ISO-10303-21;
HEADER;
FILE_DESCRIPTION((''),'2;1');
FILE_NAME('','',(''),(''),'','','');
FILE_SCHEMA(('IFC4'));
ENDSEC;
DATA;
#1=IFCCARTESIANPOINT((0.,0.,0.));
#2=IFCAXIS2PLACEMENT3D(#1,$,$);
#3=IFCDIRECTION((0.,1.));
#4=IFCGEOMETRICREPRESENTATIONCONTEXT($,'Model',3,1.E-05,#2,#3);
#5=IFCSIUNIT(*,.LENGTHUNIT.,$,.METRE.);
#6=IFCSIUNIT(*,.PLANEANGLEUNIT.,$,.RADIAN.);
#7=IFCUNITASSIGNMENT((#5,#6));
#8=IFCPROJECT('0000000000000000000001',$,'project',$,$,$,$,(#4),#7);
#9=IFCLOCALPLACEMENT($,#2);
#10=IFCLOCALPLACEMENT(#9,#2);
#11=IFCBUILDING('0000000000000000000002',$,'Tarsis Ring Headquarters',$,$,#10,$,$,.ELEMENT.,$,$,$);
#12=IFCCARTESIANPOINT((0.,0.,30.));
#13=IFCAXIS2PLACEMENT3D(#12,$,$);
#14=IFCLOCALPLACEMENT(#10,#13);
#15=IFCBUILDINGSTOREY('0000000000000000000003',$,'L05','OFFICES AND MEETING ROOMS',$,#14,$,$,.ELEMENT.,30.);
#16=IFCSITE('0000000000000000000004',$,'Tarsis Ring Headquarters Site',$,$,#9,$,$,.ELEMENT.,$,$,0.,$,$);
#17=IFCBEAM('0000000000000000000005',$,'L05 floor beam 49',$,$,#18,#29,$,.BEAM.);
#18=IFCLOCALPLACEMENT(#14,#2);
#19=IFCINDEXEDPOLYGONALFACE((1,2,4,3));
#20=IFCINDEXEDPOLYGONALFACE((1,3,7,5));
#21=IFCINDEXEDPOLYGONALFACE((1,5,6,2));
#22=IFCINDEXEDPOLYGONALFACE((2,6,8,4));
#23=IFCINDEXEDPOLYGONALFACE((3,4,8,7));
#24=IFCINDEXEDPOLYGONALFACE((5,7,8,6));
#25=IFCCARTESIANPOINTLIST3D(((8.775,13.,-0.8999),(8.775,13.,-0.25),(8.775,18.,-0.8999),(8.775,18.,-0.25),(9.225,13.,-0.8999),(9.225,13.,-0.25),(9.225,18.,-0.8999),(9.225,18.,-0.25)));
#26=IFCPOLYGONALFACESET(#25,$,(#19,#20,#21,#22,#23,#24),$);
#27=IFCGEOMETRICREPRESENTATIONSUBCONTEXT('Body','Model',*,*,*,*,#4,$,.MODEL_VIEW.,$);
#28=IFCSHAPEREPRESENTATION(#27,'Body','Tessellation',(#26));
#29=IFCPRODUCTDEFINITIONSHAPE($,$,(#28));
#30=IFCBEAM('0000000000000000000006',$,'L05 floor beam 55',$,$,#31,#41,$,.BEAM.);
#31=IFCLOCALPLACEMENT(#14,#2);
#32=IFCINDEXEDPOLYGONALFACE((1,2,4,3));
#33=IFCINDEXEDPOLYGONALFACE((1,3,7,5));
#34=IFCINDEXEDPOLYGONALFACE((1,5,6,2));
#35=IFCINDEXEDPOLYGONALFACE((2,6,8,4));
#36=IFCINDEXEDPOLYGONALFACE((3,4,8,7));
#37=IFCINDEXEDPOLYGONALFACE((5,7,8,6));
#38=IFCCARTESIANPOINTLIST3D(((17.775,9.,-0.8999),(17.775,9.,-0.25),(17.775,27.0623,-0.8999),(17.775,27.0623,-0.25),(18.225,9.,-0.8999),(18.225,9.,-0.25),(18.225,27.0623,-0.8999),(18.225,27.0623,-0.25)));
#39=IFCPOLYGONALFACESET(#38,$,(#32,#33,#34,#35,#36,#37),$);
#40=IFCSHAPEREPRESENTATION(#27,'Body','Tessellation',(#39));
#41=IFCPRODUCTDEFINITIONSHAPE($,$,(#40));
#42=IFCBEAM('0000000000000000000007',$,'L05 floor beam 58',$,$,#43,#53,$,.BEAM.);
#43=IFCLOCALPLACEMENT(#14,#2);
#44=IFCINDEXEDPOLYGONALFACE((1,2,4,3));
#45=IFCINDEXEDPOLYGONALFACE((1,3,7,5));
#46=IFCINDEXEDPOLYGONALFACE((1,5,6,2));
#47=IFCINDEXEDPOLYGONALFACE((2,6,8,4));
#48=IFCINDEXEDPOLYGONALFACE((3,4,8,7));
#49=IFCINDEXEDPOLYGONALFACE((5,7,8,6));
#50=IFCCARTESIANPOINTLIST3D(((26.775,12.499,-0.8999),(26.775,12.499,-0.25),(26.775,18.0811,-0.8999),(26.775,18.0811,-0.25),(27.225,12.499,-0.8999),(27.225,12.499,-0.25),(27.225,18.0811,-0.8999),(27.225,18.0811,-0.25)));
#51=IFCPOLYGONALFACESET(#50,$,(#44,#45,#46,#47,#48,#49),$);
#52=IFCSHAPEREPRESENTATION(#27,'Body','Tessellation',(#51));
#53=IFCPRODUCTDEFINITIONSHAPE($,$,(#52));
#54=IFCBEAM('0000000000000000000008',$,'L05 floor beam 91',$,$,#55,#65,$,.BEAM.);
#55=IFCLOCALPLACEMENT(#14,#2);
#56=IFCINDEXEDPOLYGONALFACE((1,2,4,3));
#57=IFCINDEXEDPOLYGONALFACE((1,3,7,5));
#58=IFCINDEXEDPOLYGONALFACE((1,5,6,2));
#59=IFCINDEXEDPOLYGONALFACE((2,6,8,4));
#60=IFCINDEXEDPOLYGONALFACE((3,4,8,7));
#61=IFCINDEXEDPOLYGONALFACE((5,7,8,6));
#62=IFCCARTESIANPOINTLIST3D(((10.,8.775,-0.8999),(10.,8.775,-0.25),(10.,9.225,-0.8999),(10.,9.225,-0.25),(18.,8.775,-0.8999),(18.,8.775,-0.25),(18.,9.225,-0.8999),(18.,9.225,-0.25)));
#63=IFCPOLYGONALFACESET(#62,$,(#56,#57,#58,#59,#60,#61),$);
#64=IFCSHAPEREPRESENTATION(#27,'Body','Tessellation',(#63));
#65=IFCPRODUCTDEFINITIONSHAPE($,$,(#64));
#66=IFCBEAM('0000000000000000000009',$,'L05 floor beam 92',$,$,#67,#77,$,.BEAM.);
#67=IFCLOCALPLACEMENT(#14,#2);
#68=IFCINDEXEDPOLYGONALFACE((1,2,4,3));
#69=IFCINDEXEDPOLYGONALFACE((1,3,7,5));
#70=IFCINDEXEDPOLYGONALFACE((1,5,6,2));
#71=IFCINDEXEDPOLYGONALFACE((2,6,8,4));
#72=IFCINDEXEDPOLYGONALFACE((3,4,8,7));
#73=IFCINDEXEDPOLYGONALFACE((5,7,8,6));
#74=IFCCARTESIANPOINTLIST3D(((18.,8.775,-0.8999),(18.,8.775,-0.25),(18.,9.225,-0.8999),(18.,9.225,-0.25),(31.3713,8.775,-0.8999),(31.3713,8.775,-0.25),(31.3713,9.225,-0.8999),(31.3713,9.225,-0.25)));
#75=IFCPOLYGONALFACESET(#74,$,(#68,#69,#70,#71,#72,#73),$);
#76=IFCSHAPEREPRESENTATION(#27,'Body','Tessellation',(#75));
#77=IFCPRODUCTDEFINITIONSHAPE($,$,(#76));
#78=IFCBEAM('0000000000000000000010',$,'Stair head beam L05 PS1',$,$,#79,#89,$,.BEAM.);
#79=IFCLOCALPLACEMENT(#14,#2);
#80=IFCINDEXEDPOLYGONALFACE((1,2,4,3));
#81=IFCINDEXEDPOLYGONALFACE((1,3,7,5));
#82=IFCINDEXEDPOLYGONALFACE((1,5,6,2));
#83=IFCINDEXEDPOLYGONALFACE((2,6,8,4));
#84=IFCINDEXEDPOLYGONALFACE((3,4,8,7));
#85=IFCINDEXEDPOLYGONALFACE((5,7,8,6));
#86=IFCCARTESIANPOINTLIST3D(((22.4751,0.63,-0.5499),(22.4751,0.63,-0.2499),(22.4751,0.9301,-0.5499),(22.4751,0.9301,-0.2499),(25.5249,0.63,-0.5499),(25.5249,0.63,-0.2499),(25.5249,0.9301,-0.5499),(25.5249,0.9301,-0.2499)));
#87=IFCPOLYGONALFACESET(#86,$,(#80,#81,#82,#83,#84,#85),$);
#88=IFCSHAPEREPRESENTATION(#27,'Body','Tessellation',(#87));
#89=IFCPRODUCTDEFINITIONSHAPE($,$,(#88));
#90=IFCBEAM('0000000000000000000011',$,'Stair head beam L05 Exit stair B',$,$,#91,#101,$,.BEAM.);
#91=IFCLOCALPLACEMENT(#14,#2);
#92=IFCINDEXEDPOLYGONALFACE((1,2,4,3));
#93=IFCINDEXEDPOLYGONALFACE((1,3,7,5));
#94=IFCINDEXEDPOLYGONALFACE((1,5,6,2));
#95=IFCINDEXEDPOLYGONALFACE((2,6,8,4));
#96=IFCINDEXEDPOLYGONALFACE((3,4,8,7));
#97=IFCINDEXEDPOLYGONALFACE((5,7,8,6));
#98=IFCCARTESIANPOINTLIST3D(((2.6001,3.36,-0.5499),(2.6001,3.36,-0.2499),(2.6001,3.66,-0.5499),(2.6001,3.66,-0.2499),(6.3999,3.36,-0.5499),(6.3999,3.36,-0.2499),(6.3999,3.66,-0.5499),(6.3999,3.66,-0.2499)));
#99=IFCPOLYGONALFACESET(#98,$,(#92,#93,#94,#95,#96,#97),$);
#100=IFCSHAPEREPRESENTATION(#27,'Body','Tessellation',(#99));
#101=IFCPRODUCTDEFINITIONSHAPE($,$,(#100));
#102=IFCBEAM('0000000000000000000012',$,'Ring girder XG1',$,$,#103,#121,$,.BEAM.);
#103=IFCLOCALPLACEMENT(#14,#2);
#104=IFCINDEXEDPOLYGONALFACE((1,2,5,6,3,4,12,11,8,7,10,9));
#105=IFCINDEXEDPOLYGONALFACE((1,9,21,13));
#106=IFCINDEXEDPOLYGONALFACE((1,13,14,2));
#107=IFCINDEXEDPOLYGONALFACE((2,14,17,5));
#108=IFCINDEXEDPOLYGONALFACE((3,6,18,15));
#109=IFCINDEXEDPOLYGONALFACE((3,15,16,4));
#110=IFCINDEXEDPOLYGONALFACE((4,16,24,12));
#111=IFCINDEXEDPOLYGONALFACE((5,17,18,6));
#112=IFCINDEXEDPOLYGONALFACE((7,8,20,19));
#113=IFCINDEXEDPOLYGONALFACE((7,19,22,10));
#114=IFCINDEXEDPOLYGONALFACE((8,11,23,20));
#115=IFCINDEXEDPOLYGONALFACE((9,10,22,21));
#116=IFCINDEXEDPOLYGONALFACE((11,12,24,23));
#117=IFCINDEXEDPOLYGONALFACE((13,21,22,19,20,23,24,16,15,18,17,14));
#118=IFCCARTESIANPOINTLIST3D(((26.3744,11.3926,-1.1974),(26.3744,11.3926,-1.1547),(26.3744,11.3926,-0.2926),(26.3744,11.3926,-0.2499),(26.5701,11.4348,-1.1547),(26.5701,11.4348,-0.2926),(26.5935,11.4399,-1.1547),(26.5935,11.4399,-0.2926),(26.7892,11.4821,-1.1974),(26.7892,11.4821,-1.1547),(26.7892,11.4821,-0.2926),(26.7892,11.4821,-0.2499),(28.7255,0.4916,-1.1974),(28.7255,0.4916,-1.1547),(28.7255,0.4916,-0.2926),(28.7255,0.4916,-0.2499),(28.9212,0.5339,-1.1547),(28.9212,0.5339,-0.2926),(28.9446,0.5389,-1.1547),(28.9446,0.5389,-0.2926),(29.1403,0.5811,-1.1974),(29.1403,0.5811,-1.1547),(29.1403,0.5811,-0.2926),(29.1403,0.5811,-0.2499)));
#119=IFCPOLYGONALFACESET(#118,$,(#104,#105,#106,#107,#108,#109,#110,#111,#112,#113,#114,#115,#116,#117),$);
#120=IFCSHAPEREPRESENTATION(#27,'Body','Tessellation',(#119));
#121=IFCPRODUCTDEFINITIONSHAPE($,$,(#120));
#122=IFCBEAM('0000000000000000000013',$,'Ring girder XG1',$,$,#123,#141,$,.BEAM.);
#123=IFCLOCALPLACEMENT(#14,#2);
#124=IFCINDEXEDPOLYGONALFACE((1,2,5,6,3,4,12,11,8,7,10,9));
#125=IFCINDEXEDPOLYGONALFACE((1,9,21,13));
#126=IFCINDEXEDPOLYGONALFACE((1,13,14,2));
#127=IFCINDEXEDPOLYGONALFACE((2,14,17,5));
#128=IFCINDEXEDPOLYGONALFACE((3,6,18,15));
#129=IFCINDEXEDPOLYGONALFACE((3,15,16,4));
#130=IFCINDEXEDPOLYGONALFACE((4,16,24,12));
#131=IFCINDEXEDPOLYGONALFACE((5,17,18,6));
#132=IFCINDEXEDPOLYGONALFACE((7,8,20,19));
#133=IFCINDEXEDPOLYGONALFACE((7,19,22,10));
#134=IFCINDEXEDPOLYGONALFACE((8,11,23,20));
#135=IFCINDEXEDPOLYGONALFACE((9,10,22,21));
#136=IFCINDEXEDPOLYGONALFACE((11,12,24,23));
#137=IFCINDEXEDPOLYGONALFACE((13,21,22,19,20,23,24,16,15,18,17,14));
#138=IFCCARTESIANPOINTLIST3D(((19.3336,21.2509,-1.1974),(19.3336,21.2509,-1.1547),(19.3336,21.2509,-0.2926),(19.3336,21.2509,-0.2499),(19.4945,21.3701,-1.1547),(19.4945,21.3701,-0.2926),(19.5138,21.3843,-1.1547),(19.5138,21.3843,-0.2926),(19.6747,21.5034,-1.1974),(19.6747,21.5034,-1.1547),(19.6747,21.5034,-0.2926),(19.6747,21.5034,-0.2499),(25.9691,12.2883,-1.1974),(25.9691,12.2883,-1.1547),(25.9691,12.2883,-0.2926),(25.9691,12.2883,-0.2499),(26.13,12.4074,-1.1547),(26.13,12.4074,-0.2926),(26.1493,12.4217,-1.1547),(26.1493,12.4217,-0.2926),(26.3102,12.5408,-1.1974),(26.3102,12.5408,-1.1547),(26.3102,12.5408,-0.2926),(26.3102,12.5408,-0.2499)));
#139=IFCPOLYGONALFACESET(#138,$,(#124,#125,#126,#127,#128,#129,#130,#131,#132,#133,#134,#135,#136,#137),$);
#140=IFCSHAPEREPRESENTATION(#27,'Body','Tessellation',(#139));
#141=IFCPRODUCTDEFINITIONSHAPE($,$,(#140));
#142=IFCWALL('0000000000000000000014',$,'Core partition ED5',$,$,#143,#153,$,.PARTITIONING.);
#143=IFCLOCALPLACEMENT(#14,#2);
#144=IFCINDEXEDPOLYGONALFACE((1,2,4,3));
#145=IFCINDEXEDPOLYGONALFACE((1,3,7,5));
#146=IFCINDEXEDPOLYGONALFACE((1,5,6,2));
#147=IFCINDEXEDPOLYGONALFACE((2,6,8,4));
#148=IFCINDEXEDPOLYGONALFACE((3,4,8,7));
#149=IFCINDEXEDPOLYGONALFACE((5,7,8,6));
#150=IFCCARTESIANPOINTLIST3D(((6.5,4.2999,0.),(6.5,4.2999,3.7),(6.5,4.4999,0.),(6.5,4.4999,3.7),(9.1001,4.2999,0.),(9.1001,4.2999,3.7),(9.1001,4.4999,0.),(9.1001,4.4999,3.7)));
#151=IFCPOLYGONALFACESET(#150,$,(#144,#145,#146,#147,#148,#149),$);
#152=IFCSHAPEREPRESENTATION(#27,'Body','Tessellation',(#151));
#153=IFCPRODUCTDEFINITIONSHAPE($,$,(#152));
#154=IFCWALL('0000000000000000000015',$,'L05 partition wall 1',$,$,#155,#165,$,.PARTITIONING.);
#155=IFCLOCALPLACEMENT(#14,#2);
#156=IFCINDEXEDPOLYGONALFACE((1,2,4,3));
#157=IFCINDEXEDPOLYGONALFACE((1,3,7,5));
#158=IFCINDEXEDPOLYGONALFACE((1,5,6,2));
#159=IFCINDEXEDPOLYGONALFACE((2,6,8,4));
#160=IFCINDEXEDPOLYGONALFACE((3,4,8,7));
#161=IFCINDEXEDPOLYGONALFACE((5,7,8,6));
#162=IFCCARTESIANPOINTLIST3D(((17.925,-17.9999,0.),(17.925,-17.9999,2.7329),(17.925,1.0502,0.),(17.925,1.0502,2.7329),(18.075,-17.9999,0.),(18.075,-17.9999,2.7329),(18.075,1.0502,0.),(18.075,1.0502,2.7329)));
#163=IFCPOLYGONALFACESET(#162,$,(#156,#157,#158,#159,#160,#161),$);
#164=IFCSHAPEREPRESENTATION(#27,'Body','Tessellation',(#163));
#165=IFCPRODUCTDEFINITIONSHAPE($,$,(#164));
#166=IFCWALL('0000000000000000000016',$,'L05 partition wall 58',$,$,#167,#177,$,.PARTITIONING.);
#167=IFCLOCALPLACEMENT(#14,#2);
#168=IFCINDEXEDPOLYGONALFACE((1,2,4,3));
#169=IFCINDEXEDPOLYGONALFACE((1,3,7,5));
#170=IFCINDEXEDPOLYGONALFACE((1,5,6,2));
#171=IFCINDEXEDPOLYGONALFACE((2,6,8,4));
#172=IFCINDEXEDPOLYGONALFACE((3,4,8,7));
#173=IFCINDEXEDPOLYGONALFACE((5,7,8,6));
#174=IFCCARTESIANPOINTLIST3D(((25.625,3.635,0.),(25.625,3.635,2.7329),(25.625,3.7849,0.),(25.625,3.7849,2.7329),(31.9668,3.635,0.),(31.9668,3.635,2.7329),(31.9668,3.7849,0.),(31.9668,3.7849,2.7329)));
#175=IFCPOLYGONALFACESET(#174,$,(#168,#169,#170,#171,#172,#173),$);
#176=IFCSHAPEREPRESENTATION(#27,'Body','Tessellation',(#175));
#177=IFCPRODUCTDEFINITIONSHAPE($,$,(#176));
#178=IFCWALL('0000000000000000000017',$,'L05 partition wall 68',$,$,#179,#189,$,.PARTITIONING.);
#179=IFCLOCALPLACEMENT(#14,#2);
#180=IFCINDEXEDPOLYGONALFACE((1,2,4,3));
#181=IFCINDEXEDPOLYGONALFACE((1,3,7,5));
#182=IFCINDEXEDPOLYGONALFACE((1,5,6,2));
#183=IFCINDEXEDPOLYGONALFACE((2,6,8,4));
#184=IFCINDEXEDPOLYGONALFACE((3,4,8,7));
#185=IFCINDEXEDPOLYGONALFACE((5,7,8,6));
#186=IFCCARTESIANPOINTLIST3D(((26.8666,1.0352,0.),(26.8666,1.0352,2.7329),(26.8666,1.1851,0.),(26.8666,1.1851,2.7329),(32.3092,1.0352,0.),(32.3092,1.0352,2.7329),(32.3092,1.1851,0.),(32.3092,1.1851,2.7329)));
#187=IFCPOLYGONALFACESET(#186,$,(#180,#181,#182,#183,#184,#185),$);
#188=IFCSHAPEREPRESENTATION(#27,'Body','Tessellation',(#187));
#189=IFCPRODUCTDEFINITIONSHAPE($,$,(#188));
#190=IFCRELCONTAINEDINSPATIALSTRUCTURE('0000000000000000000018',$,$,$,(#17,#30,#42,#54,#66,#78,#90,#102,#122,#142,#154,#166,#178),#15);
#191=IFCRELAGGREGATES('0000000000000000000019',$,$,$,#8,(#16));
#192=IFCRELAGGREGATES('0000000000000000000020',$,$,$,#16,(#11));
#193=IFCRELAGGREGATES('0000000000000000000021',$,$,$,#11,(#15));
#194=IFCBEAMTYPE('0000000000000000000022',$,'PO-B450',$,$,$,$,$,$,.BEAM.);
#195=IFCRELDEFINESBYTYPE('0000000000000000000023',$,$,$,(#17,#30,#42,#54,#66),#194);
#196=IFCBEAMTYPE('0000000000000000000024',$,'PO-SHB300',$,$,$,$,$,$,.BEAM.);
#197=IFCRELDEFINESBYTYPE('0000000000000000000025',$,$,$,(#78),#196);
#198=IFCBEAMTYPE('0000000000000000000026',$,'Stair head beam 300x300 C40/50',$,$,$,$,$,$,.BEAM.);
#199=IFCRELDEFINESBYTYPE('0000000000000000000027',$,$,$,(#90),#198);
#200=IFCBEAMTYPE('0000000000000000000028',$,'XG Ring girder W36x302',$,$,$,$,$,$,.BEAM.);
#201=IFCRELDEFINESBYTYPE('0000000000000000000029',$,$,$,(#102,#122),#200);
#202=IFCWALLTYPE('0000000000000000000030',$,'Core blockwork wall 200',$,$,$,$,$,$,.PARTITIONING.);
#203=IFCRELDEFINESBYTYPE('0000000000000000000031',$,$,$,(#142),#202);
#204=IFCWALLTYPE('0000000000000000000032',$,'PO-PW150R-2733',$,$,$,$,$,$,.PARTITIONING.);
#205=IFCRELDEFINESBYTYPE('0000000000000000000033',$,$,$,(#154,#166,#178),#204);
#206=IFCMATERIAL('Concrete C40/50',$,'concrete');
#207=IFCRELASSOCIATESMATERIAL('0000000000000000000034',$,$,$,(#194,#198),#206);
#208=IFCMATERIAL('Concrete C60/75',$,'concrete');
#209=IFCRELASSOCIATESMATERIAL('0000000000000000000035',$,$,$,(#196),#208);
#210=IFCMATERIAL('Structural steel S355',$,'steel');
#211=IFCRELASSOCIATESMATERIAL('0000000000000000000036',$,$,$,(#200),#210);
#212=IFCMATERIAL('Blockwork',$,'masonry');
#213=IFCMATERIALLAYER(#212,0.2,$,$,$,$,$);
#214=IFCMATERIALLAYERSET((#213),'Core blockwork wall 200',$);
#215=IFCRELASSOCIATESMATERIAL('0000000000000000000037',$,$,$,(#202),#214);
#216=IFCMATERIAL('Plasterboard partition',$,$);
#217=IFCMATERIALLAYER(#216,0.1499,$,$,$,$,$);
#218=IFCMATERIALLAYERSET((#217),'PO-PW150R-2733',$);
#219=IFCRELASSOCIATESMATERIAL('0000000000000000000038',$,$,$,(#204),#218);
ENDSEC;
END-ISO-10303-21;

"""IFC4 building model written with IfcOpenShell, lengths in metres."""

from ifc_helpers import new_model, si_unit, direction, frame, frame_2d, origin, origin_2d, place, context, subcontext, project, spatial, rectangle, i_section, extrude, material, layer, layer_set, material_profile, profile_set, type_object, element, save


model = new_model("IFC4")

# Units and contexts
model_context = context("Model", 3, precision=1e-05, world=origin(), true_north=direction((0.0, 1.0)))
body_context = subcontext(model_context, "Body", "Model", "MODEL_VIEW")
ifc_project = project(units=[si_unit("LENGTHUNIT", "METRE"), si_unit("PLANEANGLEUNIT", "RADIAN")], contexts=[model_context])

# Site, building, storey
site_placement = place(None, origin())
site = spatial("IfcSite", under=ifc_project, at=site_placement, Name="Tarsis Ring Headquarters Site", CompositionType="ELEMENT", RefElevation=0.0)
building_placement = place(site_placement, origin())
building = spatial("IfcBuilding", under=site, at=building_placement, Name="Tarsis Ring Headquarters", CompositionType="ELEMENT")
storey_placement = place(building_placement, frame((0.0, 0.0, 30.0)))
storey = spatial("IfcBuildingStorey", under=building, at=storey_placement, Name="L05", Description="OFFICES AND MEETING ROOMS", CompositionType="ELEMENT", Elevation=30.0)

# Shared definitions
ifc_material_1 = material(Name="Concrete C40/50", Category="concrete")

# Beams
ifc_material_profile_1 = material_profile(ifc_material_1, rectangle(XDim=0.45, YDim=0.6499, at=origin_2d()), Name="PO-B450")
ifc_profile_set_1 = profile_set([ifc_material_profile_1], Name="Concrete C40/50")
beam_type_1 = type_object("IfcBeamType", Name="PO-B450", PredefinedType="BEAM", material=ifc_profile_set_1)
beam_1_placement = place(storey_placement, frame((9.0, 13.0, -0.575), z_axis=(0.0, 1.0, 0.0), x_axis=(-1.0, 0.0, 0.0)))
element("IfcBeam", 1, at=beam_1_placement, inside=storey, type_object=beam_type_1, Name="L05 floor beam 49", PredefinedType="BEAM", context=body_context, shape_type="SweptSolid", body=[
    extrude(rectangle(XDim=0.45, YDim=0.6499, at=origin_2d()), origin(), (0.0, 0.0, 1.0), 5.0),
])
beam_2_placement = place(storey_placement, frame((18.0, 9.0, -0.575), z_axis=(0.0, 1.0, 0.0), x_axis=(-1.0, 0.0, 0.0)))
element("IfcBeam", 2, at=beam_2_placement, inside=storey, type_object=beam_type_1, Name="L05 floor beam 55", PredefinedType="BEAM", context=body_context, shape_type="SweptSolid", body=[
    extrude(rectangle(XDim=0.45, YDim=0.6499, at=origin_2d()), origin(), (0.0, 0.0, 1.0), 18.0623),
])
beam_3_placement = place(storey_placement, frame((27.0, 12.499, -0.575), z_axis=(0.0, 1.0, 0.0), x_axis=(-1.0, 0.0, 0.0)))
element("IfcBeam", 3, at=beam_3_placement, inside=storey, type_object=beam_type_1, Name="L05 floor beam 58", PredefinedType="BEAM", context=body_context, shape_type="SweptSolid", body=[
    extrude(rectangle(XDim=0.45, YDim=0.6499, at=origin_2d()), origin(), (0.0, 0.0, 1.0), 5.582),
])
beam_4_placement = place(storey_placement, frame((10.0, 9.0, -0.575), z_axis=(1.0, 0.0, 0.0), x_axis=(0.0, 1.0, 0.0)))
element("IfcBeam", 4, at=beam_4_placement, inside=storey, type_object=beam_type_1, Name="L05 floor beam 91", PredefinedType="BEAM", context=body_context, shape_type="SweptSolid", body=[
    extrude(rectangle(XDim=0.45, YDim=0.6499, at=origin_2d()), origin(), (0.0, 0.0, 1.0), 8.0),
])
beam_5_placement = place(storey_placement, frame((18.0, 9.0, -0.575), z_axis=(1.0, 0.0, 0.0), x_axis=(0.0, 1.0, 0.0)))
element("IfcBeam", 5, at=beam_5_placement, inside=storey, type_object=beam_type_1, Name="L05 floor beam 92", PredefinedType="BEAM", context=body_context, shape_type="SweptSolid", body=[
    extrude(rectangle(XDim=0.45, YDim=0.6499, at=origin_2d()), origin(), (0.0, 0.0, 1.0), 13.3713),
])
ifc_material_2 = material(Name="Concrete C60/75", Category="concrete")
ifc_material_profile_2 = material_profile(ifc_material_2, rectangle(XDim=0.3, YDim=0.3, at=origin_2d()), Name="PO-SHB300")
ifc_profile_set_2 = profile_set([ifc_material_profile_2], Name="Concrete C60/75")
beam_type_2 = type_object("IfcBeamType", Name="PO-SHB300", PredefinedType="BEAM", material=ifc_profile_set_2)
beam_6_placement = place(storey_placement, frame((25.5249, 0.78, -0.3999), z_axis=(-1.0, 0.0, 0.0), x_axis=(0.0, -1.0, 0.0)))
element("IfcBeam", 6, at=beam_6_placement, inside=storey, type_object=beam_type_2, Name="Stair head beam L05 PS1", PredefinedType="BEAM", context=body_context, shape_type="SweptSolid", body=[
    extrude(rectangle(XDim=0.3, YDim=0.3, at=origin_2d()), origin(), (0.0, 0.0, 1.0), 3.0498),
])
ifc_material_profile_3 = material_profile(ifc_material_1, rectangle(XDim=0.3, YDim=0.3, at=origin_2d()), Name="Stair head beam 300x300 C40/50")
ifc_profile_set_3 = profile_set([ifc_material_profile_3], Name="Concrete C40/50")
beam_type_3 = type_object("IfcBeamType", Name="Stair head beam 300x300 C40/50", PredefinedType="BEAM", material=ifc_profile_set_3)
beam_7_placement = place(storey_placement, frame((2.6001, 3.51, -0.3999), z_axis=(1.0, 0.0, 0.0), x_axis=(0.0, 1.0, 0.0)))
element("IfcBeam", 7, at=beam_7_placement, inside=storey, type_object=beam_type_3, Name="Stair head beam L05 Exit stair B", PredefinedType="BEAM", context=body_context, shape_type="SweptSolid", body=[
    extrude(rectangle(XDim=0.3, YDim=0.3, at=origin_2d()), origin(), (0.0, 0.0, 1.0), 3.7998),
])
ifc_material_3 = material(Name="Structural steel S355", Category="steel")
ifc_material_profile_4 = material_profile(ifc_material_3, i_section(OverallWidth=0.4243, OverallDepth=0.9475, WebThickness=0.0239, FlangeThickness=0.0427, at=origin_2d()), Name="W36x302")
ifc_profile_set_4 = profile_set([ifc_material_profile_4], Name="Structural steel S355")
beam_type_4 = type_object("IfcBeamType", Name="XG Ring girder W36x302", PredefinedType="BEAM", material=ifc_profile_set_4)
for number, where, z_axis, x_axis, name in (
    (8, (28.9329, 0.5364, -0.7236), (-0.21083, 0.977523, 0.0), (-0.977523, -0.21083, 0.0), "Ring girder XG1"),
    (9, (26.1396, 12.4146, -0.7236), (-0.595025, 0.803707, 0.0), (-0.803707, -0.595025, 0.0), "Ring girder XG1"),
):
    element("IfcBeam", number, at=place(storey_placement, frame(where, z_axis=z_axis, x_axis=x_axis)), inside=storey, type_object=beam_type_4, Name=name, PredefinedType="BEAM", context=body_context, shape_type="SweptSolid", body=[
        extrude(i_section(OverallWidth=0.4243, OverallDepth=0.9475, WebThickness=0.0239, FlangeThickness=0.0427, at=origin_2d()), origin(), (0.0, 0.0, 1.0), 11.1516),
    ])

# Walls
ifc_material_4 = material(Name="Blockwork", Category="masonry")
ifc_layer_1 = layer(ifc_material_4, 0.2)
ifc_layer_set_1 = layer_set([ifc_layer_1], Name="Core blockwork wall 200")
wall_type_1 = type_object("IfcWallType", Name="Core blockwork wall 200", PredefinedType="PARTITIONING", material=ifc_layer_set_1)
wall_1_placement = place(storey_placement, frame((6.5, 4.3999, 0.0), z_axis=(0.0, 0.0, 1.0), x_axis=(1.0, 0.0, 0.0)))
element("IfcWall", 10, at=wall_1_placement, inside=storey, type_object=wall_type_1, Name="Core partition ED5", PredefinedType="PARTITIONING", context=body_context, shape_type="SweptSolid", body=[
    extrude(rectangle(XDim=2.6001, YDim=0.2, at=frame_2d((1.3, 0.0))), origin(), (0.0, 0.0, 1.0), 3.7),
])
ifc_material_5 = material(Name="Plasterboard partition")
ifc_layer_2 = layer(ifc_material_5, 0.1499)
ifc_layer_set_2 = layer_set([ifc_layer_2], Name="PO-PW150R-2733")
wall_type_2 = type_object("IfcWallType", Name="PO-PW150R-2733", PredefinedType="PARTITIONING", material=ifc_layer_set_2)
wall_2_placement = place(storey_placement, frame((18.0, 1.05, 0.0), z_axis=(0.0, 0.0, 1.0), x_axis=(0.0, -1.0, 0.0)))
element("IfcWall", 11, at=wall_2_placement, inside=storey, type_object=wall_type_2, Name="L05 partition wall 1", PredefinedType="PARTITIONING", context=body_context, shape_type="SweptSolid", body=[
    extrude(rectangle(XDim=19.05, YDim=0.1499, at=frame_2d((9.5249, 0.0))), origin(), (0.0, 0.0, 1.0), 2.7329),
])
wall_3_placement = place(storey_placement, frame((25.625, 3.71, 0.0), z_axis=(0.0, 0.0, 1.0), x_axis=(1.0, 0.0, 0.0)))
element("IfcWall", 12, at=wall_3_placement, inside=storey, type_object=wall_type_2, Name="L05 partition wall 58", PredefinedType="PARTITIONING", context=body_context, shape_type="SweptSolid", body=[
    extrude(rectangle(XDim=6.3418, YDim=0.1499, at=frame_2d((3.1709, 0.0))), origin(), (0.0, 0.0, 1.0), 2.7329),
])
wall_4_placement = place(storey_placement, frame((32.3091, 1.1101, 0.0), z_axis=(0.0, 0.0, 1.0), x_axis=(-1.0, 0.0, 0.0)))
element("IfcWall", 13, at=wall_4_placement, inside=storey, type_object=wall_type_2, Name="L05 partition wall 68", PredefinedType="PARTITIONING", context=body_context, shape_type="SweptSolid", body=[
    extrude(rectangle(XDim=5.4426, YDim=0.1499, at=frame_2d((2.7212, 0.0))), origin(), (0.0, 0.0, 1.0), 2.7329),
])

save(model, "model.ifc")
